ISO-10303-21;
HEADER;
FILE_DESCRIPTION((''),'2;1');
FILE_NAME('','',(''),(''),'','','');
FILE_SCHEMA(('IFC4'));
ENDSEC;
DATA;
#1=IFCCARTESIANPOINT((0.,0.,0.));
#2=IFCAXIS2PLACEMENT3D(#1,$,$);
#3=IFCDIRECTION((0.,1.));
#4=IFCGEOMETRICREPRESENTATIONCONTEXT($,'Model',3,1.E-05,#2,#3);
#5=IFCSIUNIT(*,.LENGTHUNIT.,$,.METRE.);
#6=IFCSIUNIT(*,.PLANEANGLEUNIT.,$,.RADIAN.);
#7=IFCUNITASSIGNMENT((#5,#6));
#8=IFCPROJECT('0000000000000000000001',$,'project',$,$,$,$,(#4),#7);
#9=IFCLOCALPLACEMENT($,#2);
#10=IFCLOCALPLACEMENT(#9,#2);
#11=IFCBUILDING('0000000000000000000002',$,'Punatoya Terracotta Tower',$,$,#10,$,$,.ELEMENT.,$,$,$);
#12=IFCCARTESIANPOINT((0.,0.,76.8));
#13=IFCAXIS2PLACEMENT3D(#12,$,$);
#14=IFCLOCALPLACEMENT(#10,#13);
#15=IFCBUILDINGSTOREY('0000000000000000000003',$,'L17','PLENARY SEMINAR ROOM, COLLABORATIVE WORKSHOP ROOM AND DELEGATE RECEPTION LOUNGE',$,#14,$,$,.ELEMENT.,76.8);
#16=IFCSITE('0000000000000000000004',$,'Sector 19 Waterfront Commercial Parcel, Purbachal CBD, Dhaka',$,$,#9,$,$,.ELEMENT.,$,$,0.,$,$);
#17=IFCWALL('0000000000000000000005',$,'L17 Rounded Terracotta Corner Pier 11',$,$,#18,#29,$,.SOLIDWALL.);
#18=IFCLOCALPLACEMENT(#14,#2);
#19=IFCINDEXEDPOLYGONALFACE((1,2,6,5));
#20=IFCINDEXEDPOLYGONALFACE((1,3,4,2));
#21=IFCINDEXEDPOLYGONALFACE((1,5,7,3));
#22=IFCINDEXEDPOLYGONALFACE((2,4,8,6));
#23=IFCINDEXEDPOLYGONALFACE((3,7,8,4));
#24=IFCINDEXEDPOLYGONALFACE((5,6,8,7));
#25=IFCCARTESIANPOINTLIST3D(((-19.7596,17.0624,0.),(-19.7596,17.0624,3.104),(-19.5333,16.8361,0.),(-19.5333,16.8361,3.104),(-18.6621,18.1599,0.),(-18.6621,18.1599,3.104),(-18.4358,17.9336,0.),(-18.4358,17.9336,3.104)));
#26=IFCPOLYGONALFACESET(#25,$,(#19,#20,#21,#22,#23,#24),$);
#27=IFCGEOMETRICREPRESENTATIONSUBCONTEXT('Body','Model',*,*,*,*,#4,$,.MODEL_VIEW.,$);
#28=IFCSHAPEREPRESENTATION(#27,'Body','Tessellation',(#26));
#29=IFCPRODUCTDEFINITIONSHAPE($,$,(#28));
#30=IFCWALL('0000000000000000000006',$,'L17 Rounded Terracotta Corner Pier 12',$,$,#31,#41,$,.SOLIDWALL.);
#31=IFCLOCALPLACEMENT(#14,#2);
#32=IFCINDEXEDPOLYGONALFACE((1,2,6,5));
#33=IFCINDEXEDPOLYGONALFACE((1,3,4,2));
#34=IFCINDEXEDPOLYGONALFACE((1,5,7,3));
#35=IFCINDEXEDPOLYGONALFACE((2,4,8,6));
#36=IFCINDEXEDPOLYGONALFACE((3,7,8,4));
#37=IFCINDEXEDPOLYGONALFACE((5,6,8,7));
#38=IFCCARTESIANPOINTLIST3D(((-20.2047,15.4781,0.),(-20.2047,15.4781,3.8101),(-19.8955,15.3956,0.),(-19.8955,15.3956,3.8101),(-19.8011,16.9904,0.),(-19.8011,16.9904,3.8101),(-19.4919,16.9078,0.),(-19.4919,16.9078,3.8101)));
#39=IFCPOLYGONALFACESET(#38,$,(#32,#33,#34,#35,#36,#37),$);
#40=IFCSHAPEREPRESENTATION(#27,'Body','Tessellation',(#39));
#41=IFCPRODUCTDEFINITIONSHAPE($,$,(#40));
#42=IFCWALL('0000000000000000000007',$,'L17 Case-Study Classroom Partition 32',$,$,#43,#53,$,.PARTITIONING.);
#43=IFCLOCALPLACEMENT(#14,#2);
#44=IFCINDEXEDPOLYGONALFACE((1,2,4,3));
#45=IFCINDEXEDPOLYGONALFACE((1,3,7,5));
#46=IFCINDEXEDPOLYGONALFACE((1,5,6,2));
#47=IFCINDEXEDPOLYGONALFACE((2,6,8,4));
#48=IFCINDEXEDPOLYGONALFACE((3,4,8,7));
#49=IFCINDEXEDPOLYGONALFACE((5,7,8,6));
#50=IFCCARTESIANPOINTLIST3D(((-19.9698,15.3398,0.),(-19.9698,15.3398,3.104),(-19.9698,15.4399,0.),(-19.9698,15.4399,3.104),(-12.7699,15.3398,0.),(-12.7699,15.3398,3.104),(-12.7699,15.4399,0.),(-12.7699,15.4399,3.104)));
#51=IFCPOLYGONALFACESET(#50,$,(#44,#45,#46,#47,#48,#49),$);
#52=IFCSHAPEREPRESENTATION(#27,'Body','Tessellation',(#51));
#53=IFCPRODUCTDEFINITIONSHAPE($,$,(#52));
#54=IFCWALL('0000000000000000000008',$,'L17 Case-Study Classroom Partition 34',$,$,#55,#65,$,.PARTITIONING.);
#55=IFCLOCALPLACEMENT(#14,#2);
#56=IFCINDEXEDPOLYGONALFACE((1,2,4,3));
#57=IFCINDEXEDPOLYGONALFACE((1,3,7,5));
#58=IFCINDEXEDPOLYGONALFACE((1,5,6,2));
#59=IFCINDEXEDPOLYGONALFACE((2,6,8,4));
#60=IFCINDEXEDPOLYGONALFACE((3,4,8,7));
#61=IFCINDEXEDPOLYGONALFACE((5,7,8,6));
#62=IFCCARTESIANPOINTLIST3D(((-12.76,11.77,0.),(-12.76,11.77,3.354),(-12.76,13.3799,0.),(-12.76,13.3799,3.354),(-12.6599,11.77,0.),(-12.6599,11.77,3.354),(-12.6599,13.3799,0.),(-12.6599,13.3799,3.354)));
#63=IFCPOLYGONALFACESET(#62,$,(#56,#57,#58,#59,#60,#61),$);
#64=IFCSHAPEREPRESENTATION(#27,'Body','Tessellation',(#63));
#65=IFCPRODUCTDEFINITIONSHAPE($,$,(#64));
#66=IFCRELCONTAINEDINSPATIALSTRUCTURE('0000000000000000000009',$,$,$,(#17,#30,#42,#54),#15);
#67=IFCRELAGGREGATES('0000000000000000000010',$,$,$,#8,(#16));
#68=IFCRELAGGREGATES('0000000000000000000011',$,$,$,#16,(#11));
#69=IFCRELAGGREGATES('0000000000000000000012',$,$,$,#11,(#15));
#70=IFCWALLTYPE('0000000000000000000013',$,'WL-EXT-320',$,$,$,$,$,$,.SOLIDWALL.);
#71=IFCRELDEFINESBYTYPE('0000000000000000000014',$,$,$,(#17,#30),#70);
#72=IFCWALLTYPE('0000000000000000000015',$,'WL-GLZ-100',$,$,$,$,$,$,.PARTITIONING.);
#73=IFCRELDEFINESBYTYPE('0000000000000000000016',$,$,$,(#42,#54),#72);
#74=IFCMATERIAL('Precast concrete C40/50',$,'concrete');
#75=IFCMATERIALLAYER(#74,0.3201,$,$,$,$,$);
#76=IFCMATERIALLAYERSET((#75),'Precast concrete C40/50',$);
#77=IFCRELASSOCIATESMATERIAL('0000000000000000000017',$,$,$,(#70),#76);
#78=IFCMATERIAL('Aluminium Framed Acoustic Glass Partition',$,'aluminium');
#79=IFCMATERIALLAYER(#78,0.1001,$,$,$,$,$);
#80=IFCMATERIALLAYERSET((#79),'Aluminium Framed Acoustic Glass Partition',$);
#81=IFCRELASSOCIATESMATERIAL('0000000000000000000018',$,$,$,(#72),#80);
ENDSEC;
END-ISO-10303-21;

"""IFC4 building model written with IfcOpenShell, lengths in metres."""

from ifc_helpers import new_model, si_unit, direction, frame, frame_2d, origin, place, context, subcontext, project, spatial, rectangle, extrude, material, layer, layer_set, type_object, element, save


model = new_model("IFC4")

# Units and contexts
model_context = context("Model", 3, precision=1e-05, world=origin(), true_north=direction((0.0, 1.0)))
body_context = subcontext(model_context, "Body", "Model", "MODEL_VIEW")
ifc_project = project(units=[si_unit("LENGTHUNIT", "METRE"), si_unit("PLANEANGLEUNIT", "RADIAN")], contexts=[model_context])

# Site, building, storey
site_placement = place(None, origin())
site = spatial("IfcSite", under=ifc_project, at=site_placement, Name="Sector 19 Waterfront Commercial Parcel, Purbachal CBD, Dhaka", CompositionType="ELEMENT", RefElevation=0.0)
building_placement = place(site_placement, origin())
building = spatial("IfcBuilding", under=site, at=building_placement, Name="Punatoya Terracotta Tower", CompositionType="ELEMENT")
storey_placement = place(building_placement, frame((0.0, 0.0, 76.8)))
storey = spatial("IfcBuildingStorey", under=building, at=storey_placement, Name="L17", Description="PLENARY SEMINAR ROOM, COLLABORATIVE WORKSHOP ROOM AND DELEGATE RECEPTION LOUNGE", CompositionType="ELEMENT", Elevation=76.8)

# Walls
ifc_material_1 = material(Name="Precast concrete C40/50", Category="concrete")
ifc_layer_1 = layer(ifc_material_1, 0.3201)
ifc_layer_set_1 = layer_set([ifc_layer_1], Name="Precast concrete C40/50")
wall_type_1 = type_object("IfcWallType", Name="WL-EXT-320", PredefinedType="SOLIDWALL", material=ifc_layer_set_1)
wall_1_placement = place(storey_placement, frame((-18.5491, 18.0466, 0.0), z_axis=(0.0, 0.0, 1.0), x_axis=(-0.707107, -0.707107, 0.0)))
element("IfcWall", 1, at=wall_1_placement, inside=storey, type_object=wall_type_1, Name="L17 Rounded Terracotta Corner Pier 11", PredefinedType="SOLIDWALL", context=body_context, shape_type="SweptSolid", body=[
    extrude(rectangle(XDim=1.552, YDim=0.3201, at=frame_2d((0.7759, 0.0))), origin(), (0.0, 0.0, 1.0), 3.104),
])
wall_2_placement = place(storey_placement, frame((-19.6465, 16.9492, 0.0), z_axis=(0.0, 0.0, 1.0), x_axis=(-0.257847, -0.966186, 0.0)))
element("IfcWall", 2, at=wall_2_placement, inside=storey, type_object=wall_type_1, Name="L17 Rounded Terracotta Corner Pier 12", PredefinedType="SOLIDWALL", context=body_context, shape_type="SweptSolid", body=[
    extrude(rectangle(XDim=1.5652, YDim=0.3201, at=frame_2d((0.7827, 0.0))), origin(), (0.0, 0.0, 1.0), 3.8101),
])
ifc_material_2 = material(Name="Aluminium Framed Acoustic Glass Partition", Category="aluminium")
ifc_layer_2 = layer(ifc_material_2, 0.1001)
ifc_layer_set_2 = layer_set([ifc_layer_2], Name="Aluminium Framed Acoustic Glass Partition")
wall_type_2 = type_object("IfcWallType", Name="WL-GLZ-100", PredefinedType="PARTITIONING", material=ifc_layer_set_2)
wall_3_placement = place(storey_placement, frame((-19.97, 15.3899, 0.0), z_axis=(0.0, 0.0, 1.0), x_axis=(1.0, 0.0, 0.0)))
element("IfcWall", 3, at=wall_3_placement, inside=storey, type_object=wall_type_2, Name="L17 Case-Study Classroom Partition 32", PredefinedType="PARTITIONING", context=body_context, shape_type="SweptSolid", body=[
    extrude(rectangle(XDim=7.2, YDim=0.1001, at=frame_2d((3.6001, 0.0))), origin(), (0.0, 0.0, 1.0), 3.104),
])
wall_4_placement = place(storey_placement, frame((-12.71, 13.3799, 0.0), z_axis=(0.0, 0.0, 1.0), x_axis=(0.0, -1.0, 0.0)))
element("IfcWall", 4, at=wall_4_placement, inside=storey, type_object=wall_type_2, Name="L17 Case-Study Classroom Partition 34", PredefinedType="PARTITIONING", context=body_context, shape_type="SweptSolid", body=[
    extrude(rectangle(XDim=1.6099, YDim=0.1001, at=frame_2d((0.8049, 0.0))), origin(), (0.0, 0.0, 1.0), 3.354),
])

save(model, "model.ifc")
